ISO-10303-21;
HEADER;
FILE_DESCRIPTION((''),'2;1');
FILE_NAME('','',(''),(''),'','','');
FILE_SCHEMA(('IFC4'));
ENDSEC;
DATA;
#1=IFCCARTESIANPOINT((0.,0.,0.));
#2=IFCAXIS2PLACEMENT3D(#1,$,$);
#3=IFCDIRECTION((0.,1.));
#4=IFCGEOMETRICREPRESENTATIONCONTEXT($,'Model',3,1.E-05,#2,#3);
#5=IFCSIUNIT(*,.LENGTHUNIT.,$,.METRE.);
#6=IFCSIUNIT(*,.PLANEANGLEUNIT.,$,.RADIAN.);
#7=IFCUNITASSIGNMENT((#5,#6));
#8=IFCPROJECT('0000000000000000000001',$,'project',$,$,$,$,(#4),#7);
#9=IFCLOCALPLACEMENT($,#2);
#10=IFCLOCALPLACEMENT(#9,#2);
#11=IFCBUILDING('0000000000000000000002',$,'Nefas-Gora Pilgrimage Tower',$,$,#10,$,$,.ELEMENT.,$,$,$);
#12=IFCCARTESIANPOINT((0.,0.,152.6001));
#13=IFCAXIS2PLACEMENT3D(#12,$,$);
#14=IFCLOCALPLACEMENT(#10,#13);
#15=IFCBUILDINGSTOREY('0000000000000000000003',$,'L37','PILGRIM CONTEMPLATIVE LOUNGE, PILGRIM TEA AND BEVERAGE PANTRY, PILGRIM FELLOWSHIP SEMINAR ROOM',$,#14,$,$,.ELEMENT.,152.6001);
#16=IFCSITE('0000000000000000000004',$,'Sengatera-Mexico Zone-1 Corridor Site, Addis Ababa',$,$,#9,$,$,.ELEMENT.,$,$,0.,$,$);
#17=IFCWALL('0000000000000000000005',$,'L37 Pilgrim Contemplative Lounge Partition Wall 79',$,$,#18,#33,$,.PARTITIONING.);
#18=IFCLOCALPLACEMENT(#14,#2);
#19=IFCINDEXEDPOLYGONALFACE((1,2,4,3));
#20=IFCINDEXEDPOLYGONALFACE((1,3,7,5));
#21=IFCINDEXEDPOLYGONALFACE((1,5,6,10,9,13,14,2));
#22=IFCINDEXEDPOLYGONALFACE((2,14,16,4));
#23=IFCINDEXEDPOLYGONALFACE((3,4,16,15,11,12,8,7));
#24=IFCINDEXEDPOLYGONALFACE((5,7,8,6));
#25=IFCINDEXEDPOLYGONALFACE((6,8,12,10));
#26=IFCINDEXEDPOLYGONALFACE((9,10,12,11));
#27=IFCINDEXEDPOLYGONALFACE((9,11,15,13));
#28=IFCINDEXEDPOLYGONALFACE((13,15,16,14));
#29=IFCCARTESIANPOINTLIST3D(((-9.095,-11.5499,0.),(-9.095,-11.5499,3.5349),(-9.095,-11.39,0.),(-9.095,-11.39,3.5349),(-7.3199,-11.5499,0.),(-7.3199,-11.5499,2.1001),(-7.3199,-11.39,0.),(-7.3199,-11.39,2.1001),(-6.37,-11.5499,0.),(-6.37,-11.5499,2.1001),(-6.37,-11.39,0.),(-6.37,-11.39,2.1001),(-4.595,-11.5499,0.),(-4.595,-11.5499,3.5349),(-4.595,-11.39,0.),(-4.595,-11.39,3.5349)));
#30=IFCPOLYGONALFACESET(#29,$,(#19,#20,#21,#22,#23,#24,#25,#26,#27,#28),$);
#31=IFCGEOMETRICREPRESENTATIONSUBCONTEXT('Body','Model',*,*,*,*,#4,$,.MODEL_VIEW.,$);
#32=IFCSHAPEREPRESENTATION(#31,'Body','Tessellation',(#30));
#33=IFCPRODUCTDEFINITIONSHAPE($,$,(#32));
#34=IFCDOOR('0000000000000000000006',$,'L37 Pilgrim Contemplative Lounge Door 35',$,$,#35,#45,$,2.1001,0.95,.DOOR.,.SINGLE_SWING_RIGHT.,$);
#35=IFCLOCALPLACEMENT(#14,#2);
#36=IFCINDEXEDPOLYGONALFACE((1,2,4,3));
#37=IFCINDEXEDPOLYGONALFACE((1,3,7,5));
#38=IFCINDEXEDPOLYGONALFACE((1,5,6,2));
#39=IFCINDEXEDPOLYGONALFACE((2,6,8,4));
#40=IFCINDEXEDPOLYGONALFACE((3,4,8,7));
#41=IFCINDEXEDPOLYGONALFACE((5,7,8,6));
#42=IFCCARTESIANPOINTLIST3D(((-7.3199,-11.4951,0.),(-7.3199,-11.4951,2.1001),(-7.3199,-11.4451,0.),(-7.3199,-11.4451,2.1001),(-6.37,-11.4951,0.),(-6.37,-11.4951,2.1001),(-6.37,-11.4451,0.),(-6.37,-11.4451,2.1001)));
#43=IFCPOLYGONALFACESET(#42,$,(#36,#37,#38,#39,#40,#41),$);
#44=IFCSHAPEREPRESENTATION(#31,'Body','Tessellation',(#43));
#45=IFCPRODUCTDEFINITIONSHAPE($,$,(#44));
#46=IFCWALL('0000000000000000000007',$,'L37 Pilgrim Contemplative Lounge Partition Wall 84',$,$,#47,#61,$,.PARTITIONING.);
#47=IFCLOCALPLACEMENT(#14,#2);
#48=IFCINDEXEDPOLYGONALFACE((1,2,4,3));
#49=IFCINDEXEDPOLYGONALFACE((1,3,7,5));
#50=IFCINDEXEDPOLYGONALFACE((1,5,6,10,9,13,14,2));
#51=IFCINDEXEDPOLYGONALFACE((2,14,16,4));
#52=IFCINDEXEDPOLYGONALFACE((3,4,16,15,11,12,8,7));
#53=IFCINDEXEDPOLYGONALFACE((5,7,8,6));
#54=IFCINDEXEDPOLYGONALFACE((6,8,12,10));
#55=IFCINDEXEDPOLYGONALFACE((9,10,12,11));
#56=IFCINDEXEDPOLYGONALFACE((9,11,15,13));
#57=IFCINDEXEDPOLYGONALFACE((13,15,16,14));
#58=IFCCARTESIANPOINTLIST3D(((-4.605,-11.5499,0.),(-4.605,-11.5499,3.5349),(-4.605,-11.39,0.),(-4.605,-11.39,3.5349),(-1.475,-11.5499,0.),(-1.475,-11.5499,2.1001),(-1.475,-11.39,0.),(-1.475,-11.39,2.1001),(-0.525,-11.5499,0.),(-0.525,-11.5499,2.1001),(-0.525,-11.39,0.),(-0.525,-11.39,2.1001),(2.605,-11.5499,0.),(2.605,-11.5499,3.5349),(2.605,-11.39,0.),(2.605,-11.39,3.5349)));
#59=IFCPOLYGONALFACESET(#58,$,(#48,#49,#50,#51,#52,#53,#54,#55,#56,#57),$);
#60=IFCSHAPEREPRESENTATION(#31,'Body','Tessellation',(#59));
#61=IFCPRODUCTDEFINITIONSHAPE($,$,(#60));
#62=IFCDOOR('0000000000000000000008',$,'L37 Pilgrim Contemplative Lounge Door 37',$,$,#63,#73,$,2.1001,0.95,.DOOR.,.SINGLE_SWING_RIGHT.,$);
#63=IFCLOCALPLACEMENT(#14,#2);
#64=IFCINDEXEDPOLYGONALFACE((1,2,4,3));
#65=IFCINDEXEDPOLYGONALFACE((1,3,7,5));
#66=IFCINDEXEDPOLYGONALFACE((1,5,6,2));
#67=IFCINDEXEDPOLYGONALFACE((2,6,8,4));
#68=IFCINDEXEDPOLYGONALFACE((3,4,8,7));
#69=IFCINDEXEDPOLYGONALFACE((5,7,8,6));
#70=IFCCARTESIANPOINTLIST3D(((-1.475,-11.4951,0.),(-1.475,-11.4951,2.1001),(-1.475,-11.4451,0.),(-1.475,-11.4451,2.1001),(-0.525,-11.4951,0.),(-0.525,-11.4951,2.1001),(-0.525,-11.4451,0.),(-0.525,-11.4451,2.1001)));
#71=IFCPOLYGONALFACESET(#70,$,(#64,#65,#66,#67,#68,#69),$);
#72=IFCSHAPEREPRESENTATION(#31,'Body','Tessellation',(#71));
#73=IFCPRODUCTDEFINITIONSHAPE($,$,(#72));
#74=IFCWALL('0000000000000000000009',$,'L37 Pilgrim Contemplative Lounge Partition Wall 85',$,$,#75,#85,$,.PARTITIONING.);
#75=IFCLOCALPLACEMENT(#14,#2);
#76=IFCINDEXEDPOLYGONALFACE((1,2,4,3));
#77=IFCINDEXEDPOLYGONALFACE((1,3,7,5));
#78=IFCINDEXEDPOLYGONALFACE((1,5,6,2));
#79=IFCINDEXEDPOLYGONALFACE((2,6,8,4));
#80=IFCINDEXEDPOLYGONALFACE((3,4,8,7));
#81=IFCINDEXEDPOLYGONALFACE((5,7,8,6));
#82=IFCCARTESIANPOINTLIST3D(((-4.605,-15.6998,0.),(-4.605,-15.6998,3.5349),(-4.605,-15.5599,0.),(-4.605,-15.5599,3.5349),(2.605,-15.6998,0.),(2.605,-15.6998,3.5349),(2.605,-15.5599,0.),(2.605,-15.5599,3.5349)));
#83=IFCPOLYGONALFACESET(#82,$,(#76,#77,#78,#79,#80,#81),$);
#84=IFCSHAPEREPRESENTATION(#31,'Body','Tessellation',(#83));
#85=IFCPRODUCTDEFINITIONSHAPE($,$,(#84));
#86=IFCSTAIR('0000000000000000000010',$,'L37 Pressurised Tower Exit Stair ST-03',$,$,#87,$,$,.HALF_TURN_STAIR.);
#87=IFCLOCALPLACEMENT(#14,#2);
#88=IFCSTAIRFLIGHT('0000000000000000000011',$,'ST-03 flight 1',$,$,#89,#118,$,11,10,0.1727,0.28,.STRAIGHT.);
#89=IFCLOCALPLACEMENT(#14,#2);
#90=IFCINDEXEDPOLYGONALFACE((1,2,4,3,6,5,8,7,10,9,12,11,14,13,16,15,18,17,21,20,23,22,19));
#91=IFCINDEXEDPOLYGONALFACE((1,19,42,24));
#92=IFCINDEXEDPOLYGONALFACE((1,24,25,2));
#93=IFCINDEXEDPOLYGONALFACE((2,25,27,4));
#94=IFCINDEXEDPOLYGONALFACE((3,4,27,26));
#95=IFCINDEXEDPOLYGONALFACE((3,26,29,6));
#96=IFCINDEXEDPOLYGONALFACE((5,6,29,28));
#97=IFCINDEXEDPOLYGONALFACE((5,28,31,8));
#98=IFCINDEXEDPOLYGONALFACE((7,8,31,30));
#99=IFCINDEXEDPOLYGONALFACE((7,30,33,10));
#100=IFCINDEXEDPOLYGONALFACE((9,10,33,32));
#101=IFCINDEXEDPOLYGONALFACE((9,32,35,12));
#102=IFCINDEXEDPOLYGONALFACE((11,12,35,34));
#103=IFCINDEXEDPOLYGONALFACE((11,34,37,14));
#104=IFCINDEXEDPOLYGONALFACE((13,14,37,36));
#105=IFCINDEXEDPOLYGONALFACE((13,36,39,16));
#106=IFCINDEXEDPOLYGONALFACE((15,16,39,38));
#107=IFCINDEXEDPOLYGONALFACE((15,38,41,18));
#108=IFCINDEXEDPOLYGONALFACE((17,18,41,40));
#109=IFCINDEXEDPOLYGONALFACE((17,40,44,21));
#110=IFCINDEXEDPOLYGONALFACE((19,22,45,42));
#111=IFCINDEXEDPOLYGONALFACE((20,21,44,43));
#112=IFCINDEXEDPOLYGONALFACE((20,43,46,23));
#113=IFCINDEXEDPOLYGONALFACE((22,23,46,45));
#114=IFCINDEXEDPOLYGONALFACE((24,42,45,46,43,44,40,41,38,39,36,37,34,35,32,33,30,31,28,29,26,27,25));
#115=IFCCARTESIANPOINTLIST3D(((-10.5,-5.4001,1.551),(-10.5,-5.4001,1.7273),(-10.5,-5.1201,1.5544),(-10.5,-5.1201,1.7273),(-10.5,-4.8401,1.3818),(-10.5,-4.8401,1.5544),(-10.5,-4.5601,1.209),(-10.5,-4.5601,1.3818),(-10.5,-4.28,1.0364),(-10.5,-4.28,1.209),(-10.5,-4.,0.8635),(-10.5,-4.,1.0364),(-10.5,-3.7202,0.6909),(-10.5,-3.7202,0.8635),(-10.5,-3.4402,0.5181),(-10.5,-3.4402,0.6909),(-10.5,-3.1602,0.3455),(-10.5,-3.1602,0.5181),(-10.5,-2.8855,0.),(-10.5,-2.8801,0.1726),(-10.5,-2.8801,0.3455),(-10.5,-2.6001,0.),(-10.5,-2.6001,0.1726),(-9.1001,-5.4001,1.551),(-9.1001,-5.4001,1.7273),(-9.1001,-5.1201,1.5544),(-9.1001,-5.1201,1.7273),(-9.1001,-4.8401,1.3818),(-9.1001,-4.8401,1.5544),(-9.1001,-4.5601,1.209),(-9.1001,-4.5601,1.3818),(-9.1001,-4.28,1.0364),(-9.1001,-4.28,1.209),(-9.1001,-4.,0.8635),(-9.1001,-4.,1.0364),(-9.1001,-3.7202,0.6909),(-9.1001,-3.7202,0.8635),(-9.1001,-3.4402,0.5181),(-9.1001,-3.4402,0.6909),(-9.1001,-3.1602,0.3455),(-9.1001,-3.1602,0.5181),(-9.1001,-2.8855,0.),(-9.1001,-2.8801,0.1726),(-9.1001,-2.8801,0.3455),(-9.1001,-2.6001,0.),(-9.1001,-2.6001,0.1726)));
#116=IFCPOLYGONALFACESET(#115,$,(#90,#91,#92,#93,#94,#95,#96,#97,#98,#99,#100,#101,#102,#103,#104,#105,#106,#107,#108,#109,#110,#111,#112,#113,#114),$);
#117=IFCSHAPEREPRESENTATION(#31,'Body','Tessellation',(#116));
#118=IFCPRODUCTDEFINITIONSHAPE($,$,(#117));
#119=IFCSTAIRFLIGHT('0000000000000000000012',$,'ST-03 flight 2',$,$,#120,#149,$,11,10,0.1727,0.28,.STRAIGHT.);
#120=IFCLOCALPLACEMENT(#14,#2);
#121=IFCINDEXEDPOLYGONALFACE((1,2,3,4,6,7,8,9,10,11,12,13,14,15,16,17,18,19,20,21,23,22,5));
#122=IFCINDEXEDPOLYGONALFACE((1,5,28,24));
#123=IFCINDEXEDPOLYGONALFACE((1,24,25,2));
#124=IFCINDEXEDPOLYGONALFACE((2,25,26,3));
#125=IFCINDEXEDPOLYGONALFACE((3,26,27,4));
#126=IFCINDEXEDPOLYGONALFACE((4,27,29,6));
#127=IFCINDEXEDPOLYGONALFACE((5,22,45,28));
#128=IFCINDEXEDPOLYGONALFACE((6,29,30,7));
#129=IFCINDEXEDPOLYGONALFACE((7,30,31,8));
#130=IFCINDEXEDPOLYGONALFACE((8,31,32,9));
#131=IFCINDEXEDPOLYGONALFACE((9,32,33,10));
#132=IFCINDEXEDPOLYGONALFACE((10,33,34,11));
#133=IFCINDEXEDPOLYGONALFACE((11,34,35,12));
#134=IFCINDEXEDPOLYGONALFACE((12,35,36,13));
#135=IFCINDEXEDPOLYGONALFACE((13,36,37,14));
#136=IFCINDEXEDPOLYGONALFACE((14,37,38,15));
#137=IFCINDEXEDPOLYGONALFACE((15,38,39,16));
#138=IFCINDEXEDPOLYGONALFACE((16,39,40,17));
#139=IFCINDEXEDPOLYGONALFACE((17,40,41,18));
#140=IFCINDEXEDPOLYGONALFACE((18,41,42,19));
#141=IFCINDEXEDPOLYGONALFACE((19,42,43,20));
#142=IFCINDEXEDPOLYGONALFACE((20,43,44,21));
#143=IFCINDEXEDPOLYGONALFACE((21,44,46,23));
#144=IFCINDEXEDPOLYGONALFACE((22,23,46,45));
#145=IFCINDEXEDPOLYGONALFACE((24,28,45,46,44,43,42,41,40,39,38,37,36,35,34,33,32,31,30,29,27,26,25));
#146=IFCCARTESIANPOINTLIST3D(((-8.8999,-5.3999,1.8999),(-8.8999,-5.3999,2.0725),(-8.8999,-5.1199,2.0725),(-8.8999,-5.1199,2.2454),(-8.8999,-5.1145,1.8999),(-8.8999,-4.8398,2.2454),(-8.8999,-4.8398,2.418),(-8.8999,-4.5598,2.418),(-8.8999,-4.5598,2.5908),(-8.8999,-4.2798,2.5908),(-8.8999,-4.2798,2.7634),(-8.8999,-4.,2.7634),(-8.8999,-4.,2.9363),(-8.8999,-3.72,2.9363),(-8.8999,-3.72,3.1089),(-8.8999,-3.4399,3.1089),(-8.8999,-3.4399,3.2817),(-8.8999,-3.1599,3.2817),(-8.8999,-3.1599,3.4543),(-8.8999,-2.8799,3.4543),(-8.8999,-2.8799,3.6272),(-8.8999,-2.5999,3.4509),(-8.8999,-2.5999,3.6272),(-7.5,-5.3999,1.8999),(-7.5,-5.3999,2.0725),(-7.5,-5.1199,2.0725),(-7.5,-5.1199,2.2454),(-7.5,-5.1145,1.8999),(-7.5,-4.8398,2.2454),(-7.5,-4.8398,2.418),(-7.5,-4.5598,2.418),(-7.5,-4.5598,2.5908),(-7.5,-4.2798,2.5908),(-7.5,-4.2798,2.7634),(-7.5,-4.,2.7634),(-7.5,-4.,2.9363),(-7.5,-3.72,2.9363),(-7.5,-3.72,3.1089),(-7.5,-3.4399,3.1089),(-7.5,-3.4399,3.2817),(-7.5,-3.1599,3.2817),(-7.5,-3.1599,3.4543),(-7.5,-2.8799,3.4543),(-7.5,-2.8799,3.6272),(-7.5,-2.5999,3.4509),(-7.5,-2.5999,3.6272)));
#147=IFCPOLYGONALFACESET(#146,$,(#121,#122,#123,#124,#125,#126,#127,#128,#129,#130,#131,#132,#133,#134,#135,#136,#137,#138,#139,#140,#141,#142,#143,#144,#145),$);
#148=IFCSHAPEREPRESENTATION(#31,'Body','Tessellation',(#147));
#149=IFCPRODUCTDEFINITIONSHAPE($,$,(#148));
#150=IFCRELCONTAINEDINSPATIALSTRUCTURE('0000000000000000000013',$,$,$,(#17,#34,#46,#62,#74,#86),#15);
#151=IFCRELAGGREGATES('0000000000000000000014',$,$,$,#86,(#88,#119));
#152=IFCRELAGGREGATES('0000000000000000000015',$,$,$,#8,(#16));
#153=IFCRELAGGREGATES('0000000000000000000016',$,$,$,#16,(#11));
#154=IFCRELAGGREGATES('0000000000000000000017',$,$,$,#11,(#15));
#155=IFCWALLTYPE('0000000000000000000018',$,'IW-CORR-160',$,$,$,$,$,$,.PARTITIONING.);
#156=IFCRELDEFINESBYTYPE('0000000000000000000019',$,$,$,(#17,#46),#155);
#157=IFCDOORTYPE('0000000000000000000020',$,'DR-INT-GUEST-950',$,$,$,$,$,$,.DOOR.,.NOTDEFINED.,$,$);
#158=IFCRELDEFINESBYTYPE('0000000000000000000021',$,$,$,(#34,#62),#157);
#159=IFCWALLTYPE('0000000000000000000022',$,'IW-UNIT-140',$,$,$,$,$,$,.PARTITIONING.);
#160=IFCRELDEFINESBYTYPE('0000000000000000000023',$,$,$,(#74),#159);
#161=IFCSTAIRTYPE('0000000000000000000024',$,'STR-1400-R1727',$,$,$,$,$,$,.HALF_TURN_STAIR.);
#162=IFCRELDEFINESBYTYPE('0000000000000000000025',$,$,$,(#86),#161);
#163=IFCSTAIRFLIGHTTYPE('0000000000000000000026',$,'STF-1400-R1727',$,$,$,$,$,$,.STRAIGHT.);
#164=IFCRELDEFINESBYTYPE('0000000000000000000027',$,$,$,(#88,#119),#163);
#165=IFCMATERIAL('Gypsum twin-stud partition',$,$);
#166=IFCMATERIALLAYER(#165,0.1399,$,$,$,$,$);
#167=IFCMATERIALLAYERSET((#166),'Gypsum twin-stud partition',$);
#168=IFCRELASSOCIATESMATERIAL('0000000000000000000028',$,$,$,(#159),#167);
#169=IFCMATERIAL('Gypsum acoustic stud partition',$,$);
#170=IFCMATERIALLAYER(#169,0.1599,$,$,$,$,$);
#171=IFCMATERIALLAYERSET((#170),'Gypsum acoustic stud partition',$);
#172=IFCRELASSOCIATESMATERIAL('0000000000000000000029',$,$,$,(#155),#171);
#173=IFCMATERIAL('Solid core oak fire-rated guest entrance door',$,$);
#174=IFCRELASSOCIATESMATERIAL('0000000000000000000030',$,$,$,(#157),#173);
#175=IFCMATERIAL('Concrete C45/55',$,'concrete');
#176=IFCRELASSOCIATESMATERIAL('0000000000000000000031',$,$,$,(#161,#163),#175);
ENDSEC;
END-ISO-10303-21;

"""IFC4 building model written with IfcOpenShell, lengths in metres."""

from ifc_helpers import new_model, si_unit, direction, frame, frame_2d, origin, place, context, subcontext, project, spatial, polyline, rectangle, outline, extrude, source, transform, mapped, material, layer, layer_set, type_object, element, fill, aggregate, save


model = new_model("IFC4")

# Units and contexts
model_context = context("Model", 3, precision=1e-05, world=origin(), true_north=direction((0.0, 1.0)))
body_context = subcontext(model_context, "Body", "Model", "MODEL_VIEW")
ifc_project = project(units=[si_unit("LENGTHUNIT", "METRE"), si_unit("PLANEANGLEUNIT", "RADIAN")], contexts=[model_context])

# Site, building, storey
site_placement = place(None, origin())
site = spatial("IfcSite", under=ifc_project, at=site_placement, Name="Sengatera-Mexico Zone-1 Corridor Site, Addis Ababa", CompositionType="ELEMENT", RefElevation=0.0)
building_placement = place(site_placement, origin())
building = spatial("IfcBuilding", under=site, at=building_placement, Name="Nefas-Gora Pilgrimage Tower", CompositionType="ELEMENT")
storey_placement = place(building_placement, frame((0.0, 0.0, 152.6001)))
storey = spatial("IfcBuildingStorey", under=building, at=storey_placement, Name="L37", Description="PILGRIM CONTEMPLATIVE LOUNGE, PILGRIM TEA AND BEVERAGE PANTRY, PILGRIM FELLOWSHIP SEMINAR ROOM", CompositionType="ELEMENT", Elevation=152.6001)

# Shared definitions
ifc_material_1 = material(Name="Concrete C45/55", Category="concrete")

# Shared definitions
ifc_material_2 = material(Name="Gypsum twin-stud partition")
ifc_layer_1 = layer(ifc_material_2, 0.1399)
ifc_layer_set_1 = layer_set([ifc_layer_1], Name="Gypsum twin-stud partition")
wall_type_1 = type_object("IfcWallType", Name="IW-UNIT-140", PredefinedType="PARTITIONING", material=ifc_layer_set_1)
ifc_material_3 = material(Name="Gypsum acoustic stud partition")
ifc_layer_2 = layer(ifc_material_3, 0.1599)
ifc_layer_set_2 = layer_set([ifc_layer_2], Name="Gypsum acoustic stud partition")
wall_type_2 = type_object("IfcWallType", Name="IW-CORR-160", PredefinedType="PARTITIONING", material=ifc_layer_set_2)

# Walls, openings, doors
shared_shape_1 = source(origin(), body_context, "Body", "SweptSolid", [
    extrude(rectangle(XDim=4.5, YDim=0.1599, at=frame_2d((2.25, 0.0))), origin(), (0.0, 0.0, 1.0), 3.5349),
])
wall_1_placement = place(storey_placement, frame((-9.095, -11.47, 0.0), z_axis=(0.0, 0.0, 1.0), x_axis=(1.0, 0.0, 0.0)))
wall_1 = element("IfcWall", 1, at=wall_1_placement, inside=storey, type_object=wall_type_2, Name="L37 Pilgrim Contemplative Lounge Partition Wall 79", PredefinedType="PARTITIONING", context=body_context, shape_type="MappedRepresentation", body=[
    mapped(shared_shape_1, transform((0.0, 0.0, 0.0), x_axis=(1.0, 0.0, 0.0), y_axis=(0.0, 1.0, 0.0), z_axis=(0.0, 0.0, 1.0), scale=1.0)),
])
opening_1_placement = place(wall_1_placement, frame((1.7749, 0.0, 0.0)))
opening_1 = element("IfcOpeningElement", 2, at=opening_1_placement, cuts=wall_1, PredefinedType="OPENING", context=body_context, shape_type="SweptSolid", body=[
    extrude(rectangle(XDim=0.95, YDim=2.1001, at=frame_2d((0.4751, 1.05))), frame((0.0, 0.0898, 0.0), z_axis=(0.0, -1.0, 0.0), x_axis=(1.0, 0.0, 0.0)), (0.0, 0.0, 1.0), 0.1799),
])
ifc_material_4 = material(Name="Solid core oak fire-rated guest entrance door")
door_type_1 = type_object("IfcDoorType", Name="DR-INT-GUEST-950", OperationType="NOTDEFINED", PredefinedType="DOOR", material=ifc_material_4)
shared_shape_2 = source(origin(), body_context, "Body", "SweptSolid", [
    extrude(rectangle(XDim=0.95, YDim=2.1001, at=frame_2d((0.4751, 1.05))), frame((0.0, 0.0249, 0.0), z_axis=(0.0, -1.0, 0.0), x_axis=(1.0, 0.0, 0.0)), (0.0, 0.0, 1.0), 0.05),
])
door_1_placement = place(opening_1_placement, origin())
door_1 = element("IfcDoor", 3, at=door_1_placement, inside=storey, type_object=door_type_1, Name="L37 Pilgrim Contemplative Lounge Door 35", OperationType="SINGLE_SWING_RIGHT", OverallHeight=2.1001, OverallWidth=0.95, PredefinedType="DOOR", context=body_context, shape_type="MappedRepresentation", body=[
    mapped(shared_shape_2, transform((0.0, 0.0, 0.0), x_axis=(1.0, 0.0, 0.0), y_axis=(0.0, 1.0, 0.0), z_axis=(0.0, 0.0, 1.0), scale=1.0)),
])
fill(opening_1, door_1)
shared_shape_3 = source(origin(), body_context, "Body", "SweptSolid", [
    extrude(rectangle(XDim=7.21, YDim=0.1599, at=frame_2d((3.605, 0.0))), origin(), (0.0, 0.0, 1.0), 3.5349),
])
wall_2_placement = place(storey_placement, frame((-4.605, -11.47, 0.0), z_axis=(0.0, 0.0, 1.0), x_axis=(1.0, 0.0, 0.0)))
wall_2 = element("IfcWall", 4, at=wall_2_placement, inside=storey, type_object=wall_type_2, Name="L37 Pilgrim Contemplative Lounge Partition Wall 84", PredefinedType="PARTITIONING", context=body_context, shape_type="MappedRepresentation", body=[
    mapped(shared_shape_3, transform((0.0, 0.0, 0.0), x_axis=(1.0, 0.0, 0.0), y_axis=(0.0, 1.0, 0.0), z_axis=(0.0, 0.0, 1.0), scale=1.0)),
])
opening_2_placement = place(wall_2_placement, frame((3.1299, 0.0, 0.0)))
opening_2 = element("IfcOpeningElement", 5, at=opening_2_placement, cuts=wall_2, PredefinedType="OPENING", context=body_context, shape_type="SweptSolid", body=[
    extrude(rectangle(XDim=0.95, YDim=2.1001, at=frame_2d((0.4751, 1.05))), frame((0.0, 0.0898, 0.0), z_axis=(0.0, -1.0, 0.0), x_axis=(1.0, 0.0, 0.0)), (0.0, 0.0, 1.0), 0.1799),
])
door_2_placement = place(opening_2_placement, origin())
door_2 = element("IfcDoor", 6, at=door_2_placement, inside=storey, type_object=door_type_1, Name="L37 Pilgrim Contemplative Lounge Door 37", OperationType="SINGLE_SWING_RIGHT", OverallHeight=2.1001, OverallWidth=0.95, PredefinedType="DOOR", context=body_context, shape_type="MappedRepresentation", body=[
    mapped(shared_shape_2, transform((0.0, 0.0, 0.0), x_axis=(1.0, 0.0, 0.0), y_axis=(0.0, 1.0, 0.0), z_axis=(0.0, 0.0, 1.0), scale=1.0)),
])
fill(opening_2, door_2)

# Wall
shared_shape_4 = source(origin(), body_context, "Body", "SweptSolid", [
    extrude(rectangle(XDim=7.21, YDim=0.1399, at=frame_2d((3.605, 0.0))), origin(), (0.0, 0.0, 1.0), 3.5349),
])
wall_3_placement = place(storey_placement, frame((-4.605, -15.6299, 0.0), z_axis=(0.0, 0.0, 1.0), x_axis=(1.0, 0.0, 0.0)))
element("IfcWall", 7, at=wall_3_placement, inside=storey, type_object=wall_type_1, Name="L37 Pilgrim Contemplative Lounge Partition Wall 85", PredefinedType="PARTITIONING", context=body_context, shape_type="MappedRepresentation", body=[
    mapped(shared_shape_4, transform((0.0, 0.0, 0.0), x_axis=(1.0, 0.0, 0.0), y_axis=(0.0, 1.0, 0.0), z_axis=(0.0, 0.0, 1.0), scale=1.0)),
])

# Stair, stair flights
stair_type = type_object("IfcStairType", Name="STR-1400-R1727", PredefinedType="HALF_TURN_STAIR", material=ifc_material_1)
stair_placement = place(storey_placement, origin())
stair = element("IfcStair", 8, at=stair_placement, inside=storey, type_object=stair_type, Name="L37 Pressurised Tower Exit Stair ST-03", PredefinedType="HALF_TURN_STAIR")
stair_flight_type = type_object("IfcStairFlightType", Name="STF-1400-R1727", PredefinedType="STRAIGHT", material=ifc_material_1)
shared_shape_5 = source(origin(), body_context, "Body", "SweptSolid", [
    extrude(outline(polyline([(0.0, 0.0), (0.0, 0.1726), (0.28, 0.1726), (0.28, 0.3455), (0.5601, 0.3455), (0.5601, 0.5181), (0.8401, 0.5181), (0.8401, 0.6909), (1.1201, 0.6909), (1.1201, 0.8635), (1.3999, 0.8635), (1.3999, 1.0364), (1.6799, 1.0364), (1.6799, 1.209), (1.96, 1.209), (1.96, 1.3818), (2.24, 1.3818), (2.24, 1.5544), (2.52, 1.5544), (2.52, 1.7273), (2.8, 1.7273), (2.8, 1.8999), (2.8, 1.551), (0.2854, 0.0), (0.0, 0.0)])), frame((0.0, 0.7, 0.0), z_axis=(0.0, -1.0, 0.0), x_axis=(1.0, 0.0, 0.0)), (0.0, 0.0, 1.0), 1.3999),
])
stair_flight_1_placement = place(storey_placement, frame((-9.8, -2.6001, 0.0), z_axis=(0.0, 0.0, 1.0), x_axis=(0.0, -1.0, 0.0)))
stair_flight_1 = element("IfcStairFlight", 9, at=stair_flight_1_placement, type_object=stair_flight_type, Name="ST-03 flight 1", NumberOfRisers=11, NumberOfTreads=10, PredefinedType="STRAIGHT", RiserHeight=0.1727, TreadLength=0.28, context=body_context, shape_type="MappedRepresentation", body=[
    mapped(shared_shape_5, transform((0.0, 0.0, 0.0), x_axis=(1.0, 0.0, 0.0), y_axis=(0.0, 1.0, 0.0), z_axis=(0.0, 0.0, 1.0), scale=1.0)),
])
stair_flight_2_placement = place(storey_placement, frame((-8.2, -5.3999, 1.8999), z_axis=(0.0, 0.0, 1.0), x_axis=(0.0, 1.0, 0.0)))
stair_flight_2 = element("IfcStairFlight", 10, at=stair_flight_2_placement, type_object=stair_flight_type, Name="ST-03 flight 2", NumberOfRisers=11, NumberOfTreads=10, PredefinedType="STRAIGHT", RiserHeight=0.1727, TreadLength=0.28, context=body_context, shape_type="MappedRepresentation", body=[
    mapped(shared_shape_5, transform((0.0, 0.0, 0.0), x_axis=(1.0, 0.0, 0.0), y_axis=(0.0, 1.0, 0.0), z_axis=(0.0, 0.0, 1.0), scale=1.0)),
])
aggregate(stair, [stair_flight_1, stair_flight_2])

save(model, "model.ifc")
